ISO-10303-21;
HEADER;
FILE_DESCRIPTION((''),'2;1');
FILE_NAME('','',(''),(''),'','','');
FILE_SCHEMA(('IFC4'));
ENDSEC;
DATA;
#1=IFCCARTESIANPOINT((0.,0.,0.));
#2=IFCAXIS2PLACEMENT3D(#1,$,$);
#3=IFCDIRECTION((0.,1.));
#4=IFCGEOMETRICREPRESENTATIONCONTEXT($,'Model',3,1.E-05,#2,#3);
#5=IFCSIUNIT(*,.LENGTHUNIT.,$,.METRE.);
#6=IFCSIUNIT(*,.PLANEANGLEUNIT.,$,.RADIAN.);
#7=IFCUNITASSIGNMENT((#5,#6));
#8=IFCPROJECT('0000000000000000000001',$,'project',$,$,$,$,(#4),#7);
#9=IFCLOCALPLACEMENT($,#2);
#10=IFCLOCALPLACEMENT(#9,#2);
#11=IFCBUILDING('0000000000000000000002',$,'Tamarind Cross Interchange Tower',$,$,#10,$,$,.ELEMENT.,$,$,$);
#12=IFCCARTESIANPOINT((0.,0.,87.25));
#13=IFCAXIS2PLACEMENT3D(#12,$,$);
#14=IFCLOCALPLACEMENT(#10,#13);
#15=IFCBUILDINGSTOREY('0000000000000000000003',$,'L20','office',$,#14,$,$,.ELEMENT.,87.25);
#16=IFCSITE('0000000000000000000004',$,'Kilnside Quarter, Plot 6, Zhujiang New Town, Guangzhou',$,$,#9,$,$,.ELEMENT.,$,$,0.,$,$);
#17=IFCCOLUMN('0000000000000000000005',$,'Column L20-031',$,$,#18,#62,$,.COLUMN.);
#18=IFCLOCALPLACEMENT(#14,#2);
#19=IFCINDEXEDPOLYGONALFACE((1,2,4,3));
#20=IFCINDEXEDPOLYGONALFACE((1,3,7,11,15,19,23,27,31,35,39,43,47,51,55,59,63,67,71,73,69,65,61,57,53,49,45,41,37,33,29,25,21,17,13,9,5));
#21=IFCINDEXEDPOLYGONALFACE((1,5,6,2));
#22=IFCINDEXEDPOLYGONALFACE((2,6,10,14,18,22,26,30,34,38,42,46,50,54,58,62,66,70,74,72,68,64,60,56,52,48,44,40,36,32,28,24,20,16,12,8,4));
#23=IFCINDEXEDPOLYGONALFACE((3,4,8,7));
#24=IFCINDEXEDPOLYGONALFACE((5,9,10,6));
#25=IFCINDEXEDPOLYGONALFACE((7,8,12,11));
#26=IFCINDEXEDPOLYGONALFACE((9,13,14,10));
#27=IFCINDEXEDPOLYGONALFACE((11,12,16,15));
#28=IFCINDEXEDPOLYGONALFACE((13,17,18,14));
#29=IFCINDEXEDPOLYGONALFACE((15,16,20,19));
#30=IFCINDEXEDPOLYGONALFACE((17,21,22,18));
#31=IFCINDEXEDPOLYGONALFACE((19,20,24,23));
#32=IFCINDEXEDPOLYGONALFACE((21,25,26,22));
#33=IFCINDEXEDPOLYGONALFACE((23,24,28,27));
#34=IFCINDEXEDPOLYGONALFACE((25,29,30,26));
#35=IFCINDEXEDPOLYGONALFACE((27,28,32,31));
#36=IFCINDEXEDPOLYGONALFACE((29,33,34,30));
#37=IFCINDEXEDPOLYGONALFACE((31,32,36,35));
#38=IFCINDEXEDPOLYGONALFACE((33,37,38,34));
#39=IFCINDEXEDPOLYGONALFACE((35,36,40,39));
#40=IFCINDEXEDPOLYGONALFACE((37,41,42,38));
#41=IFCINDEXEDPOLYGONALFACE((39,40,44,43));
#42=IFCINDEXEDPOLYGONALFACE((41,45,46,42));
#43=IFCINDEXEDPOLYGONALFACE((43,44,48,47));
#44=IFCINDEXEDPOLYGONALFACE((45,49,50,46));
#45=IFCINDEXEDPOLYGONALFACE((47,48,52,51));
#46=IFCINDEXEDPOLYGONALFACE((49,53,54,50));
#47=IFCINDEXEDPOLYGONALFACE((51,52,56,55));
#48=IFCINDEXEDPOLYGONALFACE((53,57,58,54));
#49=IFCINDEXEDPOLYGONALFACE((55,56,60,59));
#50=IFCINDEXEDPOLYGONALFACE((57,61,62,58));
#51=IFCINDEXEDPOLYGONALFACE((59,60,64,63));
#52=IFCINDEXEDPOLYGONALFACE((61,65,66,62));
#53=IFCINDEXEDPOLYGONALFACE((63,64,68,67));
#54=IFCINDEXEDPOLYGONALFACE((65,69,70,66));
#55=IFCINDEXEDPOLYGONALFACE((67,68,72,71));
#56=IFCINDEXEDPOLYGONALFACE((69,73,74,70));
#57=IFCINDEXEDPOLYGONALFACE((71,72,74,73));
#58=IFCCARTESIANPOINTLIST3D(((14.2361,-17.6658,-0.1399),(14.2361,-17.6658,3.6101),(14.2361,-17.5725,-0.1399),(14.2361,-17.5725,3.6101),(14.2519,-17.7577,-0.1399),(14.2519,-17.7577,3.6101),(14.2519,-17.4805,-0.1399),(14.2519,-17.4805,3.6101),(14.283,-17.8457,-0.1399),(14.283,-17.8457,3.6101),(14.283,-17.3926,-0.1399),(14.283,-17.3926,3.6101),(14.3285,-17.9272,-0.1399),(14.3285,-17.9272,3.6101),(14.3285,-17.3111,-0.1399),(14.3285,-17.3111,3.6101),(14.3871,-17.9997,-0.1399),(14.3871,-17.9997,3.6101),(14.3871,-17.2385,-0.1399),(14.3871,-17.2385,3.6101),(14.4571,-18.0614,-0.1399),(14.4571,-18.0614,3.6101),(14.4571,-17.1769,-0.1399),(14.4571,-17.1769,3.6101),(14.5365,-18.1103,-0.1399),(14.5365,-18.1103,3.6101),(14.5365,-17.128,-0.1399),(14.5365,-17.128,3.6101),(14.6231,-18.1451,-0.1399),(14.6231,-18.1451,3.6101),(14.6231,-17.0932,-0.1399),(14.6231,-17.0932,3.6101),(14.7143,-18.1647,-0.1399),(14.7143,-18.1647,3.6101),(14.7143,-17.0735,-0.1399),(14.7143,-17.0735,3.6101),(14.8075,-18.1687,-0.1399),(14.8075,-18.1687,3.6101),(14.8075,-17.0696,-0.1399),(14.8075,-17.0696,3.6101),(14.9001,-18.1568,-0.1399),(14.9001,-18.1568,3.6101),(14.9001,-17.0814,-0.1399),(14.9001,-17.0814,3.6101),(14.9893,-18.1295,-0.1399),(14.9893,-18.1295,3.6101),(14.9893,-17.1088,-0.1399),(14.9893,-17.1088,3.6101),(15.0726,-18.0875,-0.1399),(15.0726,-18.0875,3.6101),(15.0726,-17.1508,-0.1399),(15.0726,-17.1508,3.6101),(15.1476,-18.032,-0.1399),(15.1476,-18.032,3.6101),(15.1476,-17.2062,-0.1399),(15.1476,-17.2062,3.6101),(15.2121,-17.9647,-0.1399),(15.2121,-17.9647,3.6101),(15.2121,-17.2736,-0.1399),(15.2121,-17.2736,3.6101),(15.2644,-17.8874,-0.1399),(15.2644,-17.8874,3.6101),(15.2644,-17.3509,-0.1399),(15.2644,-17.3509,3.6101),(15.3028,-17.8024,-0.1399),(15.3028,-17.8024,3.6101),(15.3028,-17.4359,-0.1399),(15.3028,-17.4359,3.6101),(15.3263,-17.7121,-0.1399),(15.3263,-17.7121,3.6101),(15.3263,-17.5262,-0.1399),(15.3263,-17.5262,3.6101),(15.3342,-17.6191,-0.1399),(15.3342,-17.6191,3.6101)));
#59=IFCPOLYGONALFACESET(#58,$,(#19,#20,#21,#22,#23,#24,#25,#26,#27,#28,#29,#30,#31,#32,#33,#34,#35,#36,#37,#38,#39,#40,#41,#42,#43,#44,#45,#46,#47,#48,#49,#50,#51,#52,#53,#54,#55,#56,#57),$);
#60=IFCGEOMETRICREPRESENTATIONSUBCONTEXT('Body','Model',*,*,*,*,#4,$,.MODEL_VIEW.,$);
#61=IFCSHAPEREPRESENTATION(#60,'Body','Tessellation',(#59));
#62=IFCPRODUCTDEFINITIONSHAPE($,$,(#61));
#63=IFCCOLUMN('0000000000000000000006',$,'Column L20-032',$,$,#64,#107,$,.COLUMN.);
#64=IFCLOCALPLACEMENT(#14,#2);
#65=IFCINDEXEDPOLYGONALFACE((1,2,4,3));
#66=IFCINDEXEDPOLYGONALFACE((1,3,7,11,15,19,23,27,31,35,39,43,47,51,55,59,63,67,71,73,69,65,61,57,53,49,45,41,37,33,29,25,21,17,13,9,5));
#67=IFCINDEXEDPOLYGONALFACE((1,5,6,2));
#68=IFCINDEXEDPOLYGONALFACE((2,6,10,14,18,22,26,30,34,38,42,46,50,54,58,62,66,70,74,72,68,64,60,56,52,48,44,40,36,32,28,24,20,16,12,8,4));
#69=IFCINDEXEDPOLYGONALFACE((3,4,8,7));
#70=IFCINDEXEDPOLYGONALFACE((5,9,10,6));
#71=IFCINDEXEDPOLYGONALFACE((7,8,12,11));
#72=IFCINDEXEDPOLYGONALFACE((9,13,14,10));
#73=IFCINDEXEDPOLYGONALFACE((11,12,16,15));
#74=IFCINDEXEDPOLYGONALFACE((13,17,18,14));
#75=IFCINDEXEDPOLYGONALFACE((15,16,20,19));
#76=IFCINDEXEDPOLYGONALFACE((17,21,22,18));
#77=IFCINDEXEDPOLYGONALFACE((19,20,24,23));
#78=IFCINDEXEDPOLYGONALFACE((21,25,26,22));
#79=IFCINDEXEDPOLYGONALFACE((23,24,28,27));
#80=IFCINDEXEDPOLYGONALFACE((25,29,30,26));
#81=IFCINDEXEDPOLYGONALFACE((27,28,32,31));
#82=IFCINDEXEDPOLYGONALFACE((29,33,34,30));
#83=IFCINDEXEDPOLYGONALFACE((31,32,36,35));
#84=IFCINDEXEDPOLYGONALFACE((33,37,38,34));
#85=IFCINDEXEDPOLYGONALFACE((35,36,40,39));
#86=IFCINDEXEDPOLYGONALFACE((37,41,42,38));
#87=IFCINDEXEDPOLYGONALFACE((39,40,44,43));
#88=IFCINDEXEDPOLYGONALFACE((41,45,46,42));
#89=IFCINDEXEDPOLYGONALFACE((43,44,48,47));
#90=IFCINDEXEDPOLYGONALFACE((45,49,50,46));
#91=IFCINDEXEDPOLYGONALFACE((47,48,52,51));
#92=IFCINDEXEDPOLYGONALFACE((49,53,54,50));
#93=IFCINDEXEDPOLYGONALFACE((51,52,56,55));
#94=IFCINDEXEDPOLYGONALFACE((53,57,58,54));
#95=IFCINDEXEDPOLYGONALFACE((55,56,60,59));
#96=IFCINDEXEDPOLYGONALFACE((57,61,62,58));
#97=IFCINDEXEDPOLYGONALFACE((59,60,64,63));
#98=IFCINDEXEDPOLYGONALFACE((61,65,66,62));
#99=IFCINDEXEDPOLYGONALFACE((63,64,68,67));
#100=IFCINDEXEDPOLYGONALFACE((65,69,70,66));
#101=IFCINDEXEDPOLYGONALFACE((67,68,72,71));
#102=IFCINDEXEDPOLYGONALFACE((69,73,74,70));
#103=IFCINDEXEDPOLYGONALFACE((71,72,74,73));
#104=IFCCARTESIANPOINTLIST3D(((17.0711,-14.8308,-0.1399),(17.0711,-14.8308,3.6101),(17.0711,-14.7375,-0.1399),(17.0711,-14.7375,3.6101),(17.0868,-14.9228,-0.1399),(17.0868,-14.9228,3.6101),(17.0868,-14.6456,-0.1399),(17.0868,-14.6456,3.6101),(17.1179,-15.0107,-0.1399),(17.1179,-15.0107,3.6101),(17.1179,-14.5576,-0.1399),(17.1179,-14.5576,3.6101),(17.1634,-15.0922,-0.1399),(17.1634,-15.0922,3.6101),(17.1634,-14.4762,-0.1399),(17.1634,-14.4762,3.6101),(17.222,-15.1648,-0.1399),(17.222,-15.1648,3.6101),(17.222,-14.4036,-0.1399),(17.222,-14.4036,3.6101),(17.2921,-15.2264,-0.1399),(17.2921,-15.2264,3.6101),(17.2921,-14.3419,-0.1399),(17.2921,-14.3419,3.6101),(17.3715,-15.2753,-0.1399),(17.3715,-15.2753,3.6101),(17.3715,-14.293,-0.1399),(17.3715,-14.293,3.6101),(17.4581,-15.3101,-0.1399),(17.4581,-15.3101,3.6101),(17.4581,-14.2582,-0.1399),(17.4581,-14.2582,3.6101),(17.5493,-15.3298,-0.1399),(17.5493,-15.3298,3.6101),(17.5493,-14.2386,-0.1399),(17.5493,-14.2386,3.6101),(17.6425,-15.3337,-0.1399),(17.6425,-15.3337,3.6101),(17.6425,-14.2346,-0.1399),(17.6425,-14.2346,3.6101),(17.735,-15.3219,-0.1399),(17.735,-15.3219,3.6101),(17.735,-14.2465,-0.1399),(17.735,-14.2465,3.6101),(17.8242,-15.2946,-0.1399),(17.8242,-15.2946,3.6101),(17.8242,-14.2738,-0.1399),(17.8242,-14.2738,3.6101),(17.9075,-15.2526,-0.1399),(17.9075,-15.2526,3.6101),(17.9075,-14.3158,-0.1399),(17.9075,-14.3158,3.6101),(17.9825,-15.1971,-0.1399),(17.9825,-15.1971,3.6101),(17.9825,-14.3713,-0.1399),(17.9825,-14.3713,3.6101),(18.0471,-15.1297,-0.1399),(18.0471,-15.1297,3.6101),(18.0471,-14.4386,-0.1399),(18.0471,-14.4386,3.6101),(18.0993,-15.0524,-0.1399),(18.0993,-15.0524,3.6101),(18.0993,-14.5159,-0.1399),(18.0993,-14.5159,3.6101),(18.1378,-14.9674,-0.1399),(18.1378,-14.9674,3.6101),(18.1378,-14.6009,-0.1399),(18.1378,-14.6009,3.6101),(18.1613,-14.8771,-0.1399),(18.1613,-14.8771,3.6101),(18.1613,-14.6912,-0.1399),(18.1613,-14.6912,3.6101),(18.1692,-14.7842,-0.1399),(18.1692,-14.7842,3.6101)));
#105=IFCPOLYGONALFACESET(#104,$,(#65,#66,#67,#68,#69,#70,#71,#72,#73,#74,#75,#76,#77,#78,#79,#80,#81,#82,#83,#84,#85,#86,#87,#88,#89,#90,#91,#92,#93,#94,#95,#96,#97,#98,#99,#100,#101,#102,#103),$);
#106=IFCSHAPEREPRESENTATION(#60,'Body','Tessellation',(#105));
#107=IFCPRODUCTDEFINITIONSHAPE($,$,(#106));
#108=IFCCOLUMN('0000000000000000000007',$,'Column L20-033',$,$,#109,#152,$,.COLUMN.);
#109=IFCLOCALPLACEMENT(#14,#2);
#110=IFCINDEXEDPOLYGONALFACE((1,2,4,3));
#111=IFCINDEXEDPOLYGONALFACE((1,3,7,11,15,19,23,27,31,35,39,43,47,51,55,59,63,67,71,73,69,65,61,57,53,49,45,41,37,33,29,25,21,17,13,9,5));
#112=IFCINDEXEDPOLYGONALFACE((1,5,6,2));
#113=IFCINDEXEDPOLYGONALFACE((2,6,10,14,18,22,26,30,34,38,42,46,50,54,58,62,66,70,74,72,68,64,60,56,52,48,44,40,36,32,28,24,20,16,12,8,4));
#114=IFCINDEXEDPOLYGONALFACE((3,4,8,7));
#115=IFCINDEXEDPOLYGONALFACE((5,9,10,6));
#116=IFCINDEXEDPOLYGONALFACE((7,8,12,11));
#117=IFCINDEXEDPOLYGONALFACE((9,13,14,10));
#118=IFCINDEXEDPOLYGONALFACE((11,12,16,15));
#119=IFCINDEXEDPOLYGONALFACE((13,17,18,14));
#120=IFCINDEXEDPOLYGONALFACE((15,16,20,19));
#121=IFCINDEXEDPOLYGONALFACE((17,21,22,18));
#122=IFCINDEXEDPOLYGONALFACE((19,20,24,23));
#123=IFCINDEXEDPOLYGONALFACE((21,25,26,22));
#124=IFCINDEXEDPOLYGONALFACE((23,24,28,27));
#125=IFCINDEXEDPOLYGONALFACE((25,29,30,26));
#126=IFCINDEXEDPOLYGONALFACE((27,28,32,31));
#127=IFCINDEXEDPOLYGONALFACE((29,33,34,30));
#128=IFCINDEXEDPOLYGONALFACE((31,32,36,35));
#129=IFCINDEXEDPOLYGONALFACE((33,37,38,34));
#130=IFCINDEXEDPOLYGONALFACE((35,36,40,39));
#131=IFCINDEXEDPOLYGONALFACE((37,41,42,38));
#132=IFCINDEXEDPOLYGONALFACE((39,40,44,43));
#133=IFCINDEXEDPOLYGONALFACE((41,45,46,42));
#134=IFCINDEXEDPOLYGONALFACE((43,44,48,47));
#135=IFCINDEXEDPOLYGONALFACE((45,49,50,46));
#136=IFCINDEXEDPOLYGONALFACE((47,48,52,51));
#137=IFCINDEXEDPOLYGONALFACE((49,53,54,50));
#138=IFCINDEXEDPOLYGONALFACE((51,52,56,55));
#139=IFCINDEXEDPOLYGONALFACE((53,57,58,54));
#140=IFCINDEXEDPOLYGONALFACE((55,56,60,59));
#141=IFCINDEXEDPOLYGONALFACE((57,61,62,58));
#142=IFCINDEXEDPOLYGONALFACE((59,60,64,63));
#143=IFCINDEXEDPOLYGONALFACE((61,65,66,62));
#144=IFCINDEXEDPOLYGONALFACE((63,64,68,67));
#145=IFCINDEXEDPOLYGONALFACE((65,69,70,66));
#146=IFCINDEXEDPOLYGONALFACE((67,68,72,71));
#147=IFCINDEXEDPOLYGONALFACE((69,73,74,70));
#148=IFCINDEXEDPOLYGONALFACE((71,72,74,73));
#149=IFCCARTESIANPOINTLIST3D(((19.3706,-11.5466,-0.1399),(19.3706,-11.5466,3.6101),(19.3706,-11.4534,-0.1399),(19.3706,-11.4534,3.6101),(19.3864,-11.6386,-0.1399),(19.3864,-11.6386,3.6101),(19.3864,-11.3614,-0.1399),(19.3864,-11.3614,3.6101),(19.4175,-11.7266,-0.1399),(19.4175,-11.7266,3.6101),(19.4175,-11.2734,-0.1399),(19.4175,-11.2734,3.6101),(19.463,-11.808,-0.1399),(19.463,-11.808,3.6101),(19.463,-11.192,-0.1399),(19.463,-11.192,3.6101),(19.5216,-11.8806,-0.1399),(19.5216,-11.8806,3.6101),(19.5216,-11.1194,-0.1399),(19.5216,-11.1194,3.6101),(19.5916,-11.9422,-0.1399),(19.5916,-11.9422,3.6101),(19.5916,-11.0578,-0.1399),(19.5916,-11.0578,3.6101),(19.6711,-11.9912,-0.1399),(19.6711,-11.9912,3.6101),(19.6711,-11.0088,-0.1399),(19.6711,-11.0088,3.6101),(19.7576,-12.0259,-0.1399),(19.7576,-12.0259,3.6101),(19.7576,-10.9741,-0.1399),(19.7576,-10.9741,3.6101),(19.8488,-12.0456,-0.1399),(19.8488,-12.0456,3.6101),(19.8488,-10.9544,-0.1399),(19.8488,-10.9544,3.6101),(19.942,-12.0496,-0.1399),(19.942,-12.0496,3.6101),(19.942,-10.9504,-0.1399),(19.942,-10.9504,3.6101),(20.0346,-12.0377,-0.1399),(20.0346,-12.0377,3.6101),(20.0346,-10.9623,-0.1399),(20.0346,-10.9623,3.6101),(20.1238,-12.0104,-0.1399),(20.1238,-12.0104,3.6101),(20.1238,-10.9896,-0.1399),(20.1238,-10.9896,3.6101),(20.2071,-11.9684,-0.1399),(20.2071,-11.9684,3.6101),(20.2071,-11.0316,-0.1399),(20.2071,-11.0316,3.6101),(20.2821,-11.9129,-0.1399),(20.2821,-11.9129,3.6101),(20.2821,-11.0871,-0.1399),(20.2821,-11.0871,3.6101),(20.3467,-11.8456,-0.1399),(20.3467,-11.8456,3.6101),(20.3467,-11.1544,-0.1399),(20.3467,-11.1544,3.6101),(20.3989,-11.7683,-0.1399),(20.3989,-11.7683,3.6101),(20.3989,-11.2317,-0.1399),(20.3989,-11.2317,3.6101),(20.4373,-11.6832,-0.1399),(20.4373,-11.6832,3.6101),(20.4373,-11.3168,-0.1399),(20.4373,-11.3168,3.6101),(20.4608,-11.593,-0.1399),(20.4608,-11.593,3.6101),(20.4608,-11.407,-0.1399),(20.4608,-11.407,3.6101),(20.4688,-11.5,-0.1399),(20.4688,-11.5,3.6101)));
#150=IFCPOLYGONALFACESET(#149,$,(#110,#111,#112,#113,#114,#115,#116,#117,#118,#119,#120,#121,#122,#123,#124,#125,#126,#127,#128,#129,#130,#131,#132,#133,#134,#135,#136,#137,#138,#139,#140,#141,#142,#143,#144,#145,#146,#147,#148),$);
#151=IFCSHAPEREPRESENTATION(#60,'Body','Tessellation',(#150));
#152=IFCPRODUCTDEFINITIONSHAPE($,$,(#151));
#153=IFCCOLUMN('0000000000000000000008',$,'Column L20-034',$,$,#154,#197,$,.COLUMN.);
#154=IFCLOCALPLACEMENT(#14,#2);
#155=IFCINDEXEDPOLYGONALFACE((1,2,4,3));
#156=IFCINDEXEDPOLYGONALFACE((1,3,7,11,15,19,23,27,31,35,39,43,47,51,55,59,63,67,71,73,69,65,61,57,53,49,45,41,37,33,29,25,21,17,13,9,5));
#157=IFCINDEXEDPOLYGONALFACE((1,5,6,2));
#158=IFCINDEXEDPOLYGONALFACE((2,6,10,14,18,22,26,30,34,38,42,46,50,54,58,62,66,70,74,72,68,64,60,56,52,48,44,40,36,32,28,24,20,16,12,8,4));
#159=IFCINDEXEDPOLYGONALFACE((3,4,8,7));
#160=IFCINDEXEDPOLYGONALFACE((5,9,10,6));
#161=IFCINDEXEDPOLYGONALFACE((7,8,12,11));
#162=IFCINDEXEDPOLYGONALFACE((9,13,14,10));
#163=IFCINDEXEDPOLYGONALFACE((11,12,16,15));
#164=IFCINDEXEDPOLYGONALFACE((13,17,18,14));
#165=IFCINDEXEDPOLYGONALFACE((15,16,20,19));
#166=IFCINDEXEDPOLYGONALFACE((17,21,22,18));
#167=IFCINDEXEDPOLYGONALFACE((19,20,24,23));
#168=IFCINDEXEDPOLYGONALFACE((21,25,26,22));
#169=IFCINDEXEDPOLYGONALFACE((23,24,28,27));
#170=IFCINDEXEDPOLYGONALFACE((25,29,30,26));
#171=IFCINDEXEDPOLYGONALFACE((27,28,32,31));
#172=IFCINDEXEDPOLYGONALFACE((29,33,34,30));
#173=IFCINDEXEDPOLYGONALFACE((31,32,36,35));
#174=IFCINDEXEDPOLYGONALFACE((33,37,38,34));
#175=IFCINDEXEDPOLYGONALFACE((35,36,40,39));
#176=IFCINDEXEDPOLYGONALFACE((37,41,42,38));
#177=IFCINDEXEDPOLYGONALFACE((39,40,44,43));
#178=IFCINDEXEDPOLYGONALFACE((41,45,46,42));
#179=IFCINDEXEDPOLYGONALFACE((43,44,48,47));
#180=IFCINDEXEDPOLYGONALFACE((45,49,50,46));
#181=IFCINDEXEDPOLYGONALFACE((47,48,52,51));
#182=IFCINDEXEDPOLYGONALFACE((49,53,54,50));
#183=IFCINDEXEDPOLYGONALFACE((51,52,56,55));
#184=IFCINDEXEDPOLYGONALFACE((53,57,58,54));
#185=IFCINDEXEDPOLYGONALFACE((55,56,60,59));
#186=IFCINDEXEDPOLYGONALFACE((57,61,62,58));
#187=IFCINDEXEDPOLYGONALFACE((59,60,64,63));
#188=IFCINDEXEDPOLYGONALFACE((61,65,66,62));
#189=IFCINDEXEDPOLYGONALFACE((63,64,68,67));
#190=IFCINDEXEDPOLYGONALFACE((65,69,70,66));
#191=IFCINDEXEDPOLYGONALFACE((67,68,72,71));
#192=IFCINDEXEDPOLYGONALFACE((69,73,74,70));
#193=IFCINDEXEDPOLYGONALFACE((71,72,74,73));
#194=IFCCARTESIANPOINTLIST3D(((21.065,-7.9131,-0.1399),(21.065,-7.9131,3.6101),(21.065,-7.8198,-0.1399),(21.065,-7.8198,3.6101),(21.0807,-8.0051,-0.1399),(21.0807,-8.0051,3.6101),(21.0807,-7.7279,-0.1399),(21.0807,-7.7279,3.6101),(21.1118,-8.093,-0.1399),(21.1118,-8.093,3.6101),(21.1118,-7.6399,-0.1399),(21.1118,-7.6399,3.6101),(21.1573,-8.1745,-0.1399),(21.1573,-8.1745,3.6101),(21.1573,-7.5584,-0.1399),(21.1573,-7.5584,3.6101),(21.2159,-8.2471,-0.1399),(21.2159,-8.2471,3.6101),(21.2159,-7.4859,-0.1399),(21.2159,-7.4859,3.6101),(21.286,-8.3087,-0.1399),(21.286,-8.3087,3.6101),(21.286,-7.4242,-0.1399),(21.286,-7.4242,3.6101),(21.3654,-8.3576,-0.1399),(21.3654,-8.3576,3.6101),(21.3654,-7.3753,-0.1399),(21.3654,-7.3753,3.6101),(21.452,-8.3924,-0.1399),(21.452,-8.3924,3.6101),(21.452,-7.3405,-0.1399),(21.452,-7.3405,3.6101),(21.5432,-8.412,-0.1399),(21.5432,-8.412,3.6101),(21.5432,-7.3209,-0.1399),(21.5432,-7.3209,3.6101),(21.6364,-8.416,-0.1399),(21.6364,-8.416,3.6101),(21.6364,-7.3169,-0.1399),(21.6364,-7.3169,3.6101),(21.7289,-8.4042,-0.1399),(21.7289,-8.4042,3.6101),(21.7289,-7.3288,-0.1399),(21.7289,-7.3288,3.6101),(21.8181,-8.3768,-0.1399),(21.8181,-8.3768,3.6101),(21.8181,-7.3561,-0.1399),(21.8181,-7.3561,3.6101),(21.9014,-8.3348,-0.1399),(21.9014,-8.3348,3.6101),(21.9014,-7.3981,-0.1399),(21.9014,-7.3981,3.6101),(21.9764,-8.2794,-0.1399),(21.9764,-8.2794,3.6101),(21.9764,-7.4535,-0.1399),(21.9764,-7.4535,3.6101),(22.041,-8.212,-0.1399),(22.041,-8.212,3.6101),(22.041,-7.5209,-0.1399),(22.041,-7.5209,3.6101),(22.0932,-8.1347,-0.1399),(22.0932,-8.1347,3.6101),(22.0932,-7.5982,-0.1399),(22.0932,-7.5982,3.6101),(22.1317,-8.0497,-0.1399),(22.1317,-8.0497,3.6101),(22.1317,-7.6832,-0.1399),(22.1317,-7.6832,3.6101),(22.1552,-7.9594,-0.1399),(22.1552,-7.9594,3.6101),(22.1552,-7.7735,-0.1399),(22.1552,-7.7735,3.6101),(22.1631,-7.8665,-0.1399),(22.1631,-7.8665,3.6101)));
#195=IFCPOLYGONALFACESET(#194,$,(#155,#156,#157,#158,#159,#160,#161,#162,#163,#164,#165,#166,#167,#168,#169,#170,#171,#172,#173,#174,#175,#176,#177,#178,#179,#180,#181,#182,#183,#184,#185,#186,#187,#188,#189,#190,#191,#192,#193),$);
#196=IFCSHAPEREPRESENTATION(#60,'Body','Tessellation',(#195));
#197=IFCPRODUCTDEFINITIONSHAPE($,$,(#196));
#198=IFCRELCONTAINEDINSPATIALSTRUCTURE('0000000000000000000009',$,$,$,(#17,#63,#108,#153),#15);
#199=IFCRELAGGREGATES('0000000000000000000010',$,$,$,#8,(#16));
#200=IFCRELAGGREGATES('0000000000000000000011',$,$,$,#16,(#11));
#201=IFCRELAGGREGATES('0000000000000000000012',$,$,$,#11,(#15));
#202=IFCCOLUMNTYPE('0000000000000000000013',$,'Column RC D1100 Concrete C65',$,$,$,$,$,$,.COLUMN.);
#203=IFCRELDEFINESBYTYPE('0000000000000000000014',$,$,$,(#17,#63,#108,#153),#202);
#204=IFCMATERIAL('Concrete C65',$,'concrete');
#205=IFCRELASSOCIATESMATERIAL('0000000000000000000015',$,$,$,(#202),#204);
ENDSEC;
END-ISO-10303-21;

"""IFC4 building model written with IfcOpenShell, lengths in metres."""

from ifc_helpers import new_model, si_unit, direction, frame, origin, origin_2d, place, context, subcontext, project, spatial, circle, extrude, material, material_profile, profile_set, type_object, element, save


model = new_model("IFC4")

# Units and contexts
model_context = context("Model", 3, precision=1e-05, world=origin(), true_north=direction((0.0, 1.0)))
body_context = subcontext(model_context, "Body", "Model", "MODEL_VIEW")
ifc_project = project(units=[si_unit("LENGTHUNIT", "METRE"), si_unit("PLANEANGLEUNIT", "RADIAN")], contexts=[model_context])

# Site, building, storey
site_placement = place(None, origin())
site = spatial("IfcSite", under=ifc_project, at=site_placement, Name="Kilnside Quarter, Plot 6, Zhujiang New Town, Guangzhou", CompositionType="ELEMENT", RefElevation=0.0)
building_placement = place(site_placement, origin())
building = spatial("IfcBuilding", under=site, at=building_placement, Name="Tamarind Cross Interchange Tower", CompositionType="ELEMENT")
storey_placement = place(building_placement, frame((0.0, 0.0, 87.25)))
storey = spatial("IfcBuildingStorey", under=building, at=storey_placement, Name="L20", Description="office", CompositionType="ELEMENT", Elevation=87.25)

# Columns
ifc_material_1 = material(Name="Concrete C65", Category="concrete")
ifc_material_profile_1 = material_profile(ifc_material_1, circle(Radius=0.55, at=origin_2d()), Name="RC D1100")
ifc_profile_set_1 = profile_set([ifc_material_profile_1], Name="Concrete C65")
column_type = type_object("IfcColumnType", Name="Column RC D1100 Concrete C65", PredefinedType="COLUMN", material=ifc_profile_set_1)
for number, where, z_axis, x_axis, name in (
    (1, (14.7842, -17.6191, -0.1399), (0.0, 0.0, 1.0), (1.0, 0.0, 0.0), "Column L20-031"),
    (2, (17.6191, -14.7842, -0.1399), (0.0, 0.0, 1.0), (1.0, 0.0, 0.0), "Column L20-032"),
    (3, (19.9187, -11.5, -0.1399), (0.0, 0.0, 1.0), (1.0, 0.0, 0.0), "Column L20-033"),
    (4, (21.613, -7.8665, -0.1399), (0.0, 0.0, 1.0), (1.0, 0.0, 0.0), "Column L20-034"),
):
    element("IfcColumn", number, at=place(storey_placement, frame(where, z_axis=z_axis, x_axis=x_axis)), inside=storey, type_object=column_type, Name=name, PredefinedType="COLUMN", context=body_context, shape_type="SweptSolid", body=[
        extrude(circle(Radius=0.55, at=origin_2d()), origin(), (0.0, 0.0, 1.0), 3.75),
    ])

save(model, "model.ifc")
